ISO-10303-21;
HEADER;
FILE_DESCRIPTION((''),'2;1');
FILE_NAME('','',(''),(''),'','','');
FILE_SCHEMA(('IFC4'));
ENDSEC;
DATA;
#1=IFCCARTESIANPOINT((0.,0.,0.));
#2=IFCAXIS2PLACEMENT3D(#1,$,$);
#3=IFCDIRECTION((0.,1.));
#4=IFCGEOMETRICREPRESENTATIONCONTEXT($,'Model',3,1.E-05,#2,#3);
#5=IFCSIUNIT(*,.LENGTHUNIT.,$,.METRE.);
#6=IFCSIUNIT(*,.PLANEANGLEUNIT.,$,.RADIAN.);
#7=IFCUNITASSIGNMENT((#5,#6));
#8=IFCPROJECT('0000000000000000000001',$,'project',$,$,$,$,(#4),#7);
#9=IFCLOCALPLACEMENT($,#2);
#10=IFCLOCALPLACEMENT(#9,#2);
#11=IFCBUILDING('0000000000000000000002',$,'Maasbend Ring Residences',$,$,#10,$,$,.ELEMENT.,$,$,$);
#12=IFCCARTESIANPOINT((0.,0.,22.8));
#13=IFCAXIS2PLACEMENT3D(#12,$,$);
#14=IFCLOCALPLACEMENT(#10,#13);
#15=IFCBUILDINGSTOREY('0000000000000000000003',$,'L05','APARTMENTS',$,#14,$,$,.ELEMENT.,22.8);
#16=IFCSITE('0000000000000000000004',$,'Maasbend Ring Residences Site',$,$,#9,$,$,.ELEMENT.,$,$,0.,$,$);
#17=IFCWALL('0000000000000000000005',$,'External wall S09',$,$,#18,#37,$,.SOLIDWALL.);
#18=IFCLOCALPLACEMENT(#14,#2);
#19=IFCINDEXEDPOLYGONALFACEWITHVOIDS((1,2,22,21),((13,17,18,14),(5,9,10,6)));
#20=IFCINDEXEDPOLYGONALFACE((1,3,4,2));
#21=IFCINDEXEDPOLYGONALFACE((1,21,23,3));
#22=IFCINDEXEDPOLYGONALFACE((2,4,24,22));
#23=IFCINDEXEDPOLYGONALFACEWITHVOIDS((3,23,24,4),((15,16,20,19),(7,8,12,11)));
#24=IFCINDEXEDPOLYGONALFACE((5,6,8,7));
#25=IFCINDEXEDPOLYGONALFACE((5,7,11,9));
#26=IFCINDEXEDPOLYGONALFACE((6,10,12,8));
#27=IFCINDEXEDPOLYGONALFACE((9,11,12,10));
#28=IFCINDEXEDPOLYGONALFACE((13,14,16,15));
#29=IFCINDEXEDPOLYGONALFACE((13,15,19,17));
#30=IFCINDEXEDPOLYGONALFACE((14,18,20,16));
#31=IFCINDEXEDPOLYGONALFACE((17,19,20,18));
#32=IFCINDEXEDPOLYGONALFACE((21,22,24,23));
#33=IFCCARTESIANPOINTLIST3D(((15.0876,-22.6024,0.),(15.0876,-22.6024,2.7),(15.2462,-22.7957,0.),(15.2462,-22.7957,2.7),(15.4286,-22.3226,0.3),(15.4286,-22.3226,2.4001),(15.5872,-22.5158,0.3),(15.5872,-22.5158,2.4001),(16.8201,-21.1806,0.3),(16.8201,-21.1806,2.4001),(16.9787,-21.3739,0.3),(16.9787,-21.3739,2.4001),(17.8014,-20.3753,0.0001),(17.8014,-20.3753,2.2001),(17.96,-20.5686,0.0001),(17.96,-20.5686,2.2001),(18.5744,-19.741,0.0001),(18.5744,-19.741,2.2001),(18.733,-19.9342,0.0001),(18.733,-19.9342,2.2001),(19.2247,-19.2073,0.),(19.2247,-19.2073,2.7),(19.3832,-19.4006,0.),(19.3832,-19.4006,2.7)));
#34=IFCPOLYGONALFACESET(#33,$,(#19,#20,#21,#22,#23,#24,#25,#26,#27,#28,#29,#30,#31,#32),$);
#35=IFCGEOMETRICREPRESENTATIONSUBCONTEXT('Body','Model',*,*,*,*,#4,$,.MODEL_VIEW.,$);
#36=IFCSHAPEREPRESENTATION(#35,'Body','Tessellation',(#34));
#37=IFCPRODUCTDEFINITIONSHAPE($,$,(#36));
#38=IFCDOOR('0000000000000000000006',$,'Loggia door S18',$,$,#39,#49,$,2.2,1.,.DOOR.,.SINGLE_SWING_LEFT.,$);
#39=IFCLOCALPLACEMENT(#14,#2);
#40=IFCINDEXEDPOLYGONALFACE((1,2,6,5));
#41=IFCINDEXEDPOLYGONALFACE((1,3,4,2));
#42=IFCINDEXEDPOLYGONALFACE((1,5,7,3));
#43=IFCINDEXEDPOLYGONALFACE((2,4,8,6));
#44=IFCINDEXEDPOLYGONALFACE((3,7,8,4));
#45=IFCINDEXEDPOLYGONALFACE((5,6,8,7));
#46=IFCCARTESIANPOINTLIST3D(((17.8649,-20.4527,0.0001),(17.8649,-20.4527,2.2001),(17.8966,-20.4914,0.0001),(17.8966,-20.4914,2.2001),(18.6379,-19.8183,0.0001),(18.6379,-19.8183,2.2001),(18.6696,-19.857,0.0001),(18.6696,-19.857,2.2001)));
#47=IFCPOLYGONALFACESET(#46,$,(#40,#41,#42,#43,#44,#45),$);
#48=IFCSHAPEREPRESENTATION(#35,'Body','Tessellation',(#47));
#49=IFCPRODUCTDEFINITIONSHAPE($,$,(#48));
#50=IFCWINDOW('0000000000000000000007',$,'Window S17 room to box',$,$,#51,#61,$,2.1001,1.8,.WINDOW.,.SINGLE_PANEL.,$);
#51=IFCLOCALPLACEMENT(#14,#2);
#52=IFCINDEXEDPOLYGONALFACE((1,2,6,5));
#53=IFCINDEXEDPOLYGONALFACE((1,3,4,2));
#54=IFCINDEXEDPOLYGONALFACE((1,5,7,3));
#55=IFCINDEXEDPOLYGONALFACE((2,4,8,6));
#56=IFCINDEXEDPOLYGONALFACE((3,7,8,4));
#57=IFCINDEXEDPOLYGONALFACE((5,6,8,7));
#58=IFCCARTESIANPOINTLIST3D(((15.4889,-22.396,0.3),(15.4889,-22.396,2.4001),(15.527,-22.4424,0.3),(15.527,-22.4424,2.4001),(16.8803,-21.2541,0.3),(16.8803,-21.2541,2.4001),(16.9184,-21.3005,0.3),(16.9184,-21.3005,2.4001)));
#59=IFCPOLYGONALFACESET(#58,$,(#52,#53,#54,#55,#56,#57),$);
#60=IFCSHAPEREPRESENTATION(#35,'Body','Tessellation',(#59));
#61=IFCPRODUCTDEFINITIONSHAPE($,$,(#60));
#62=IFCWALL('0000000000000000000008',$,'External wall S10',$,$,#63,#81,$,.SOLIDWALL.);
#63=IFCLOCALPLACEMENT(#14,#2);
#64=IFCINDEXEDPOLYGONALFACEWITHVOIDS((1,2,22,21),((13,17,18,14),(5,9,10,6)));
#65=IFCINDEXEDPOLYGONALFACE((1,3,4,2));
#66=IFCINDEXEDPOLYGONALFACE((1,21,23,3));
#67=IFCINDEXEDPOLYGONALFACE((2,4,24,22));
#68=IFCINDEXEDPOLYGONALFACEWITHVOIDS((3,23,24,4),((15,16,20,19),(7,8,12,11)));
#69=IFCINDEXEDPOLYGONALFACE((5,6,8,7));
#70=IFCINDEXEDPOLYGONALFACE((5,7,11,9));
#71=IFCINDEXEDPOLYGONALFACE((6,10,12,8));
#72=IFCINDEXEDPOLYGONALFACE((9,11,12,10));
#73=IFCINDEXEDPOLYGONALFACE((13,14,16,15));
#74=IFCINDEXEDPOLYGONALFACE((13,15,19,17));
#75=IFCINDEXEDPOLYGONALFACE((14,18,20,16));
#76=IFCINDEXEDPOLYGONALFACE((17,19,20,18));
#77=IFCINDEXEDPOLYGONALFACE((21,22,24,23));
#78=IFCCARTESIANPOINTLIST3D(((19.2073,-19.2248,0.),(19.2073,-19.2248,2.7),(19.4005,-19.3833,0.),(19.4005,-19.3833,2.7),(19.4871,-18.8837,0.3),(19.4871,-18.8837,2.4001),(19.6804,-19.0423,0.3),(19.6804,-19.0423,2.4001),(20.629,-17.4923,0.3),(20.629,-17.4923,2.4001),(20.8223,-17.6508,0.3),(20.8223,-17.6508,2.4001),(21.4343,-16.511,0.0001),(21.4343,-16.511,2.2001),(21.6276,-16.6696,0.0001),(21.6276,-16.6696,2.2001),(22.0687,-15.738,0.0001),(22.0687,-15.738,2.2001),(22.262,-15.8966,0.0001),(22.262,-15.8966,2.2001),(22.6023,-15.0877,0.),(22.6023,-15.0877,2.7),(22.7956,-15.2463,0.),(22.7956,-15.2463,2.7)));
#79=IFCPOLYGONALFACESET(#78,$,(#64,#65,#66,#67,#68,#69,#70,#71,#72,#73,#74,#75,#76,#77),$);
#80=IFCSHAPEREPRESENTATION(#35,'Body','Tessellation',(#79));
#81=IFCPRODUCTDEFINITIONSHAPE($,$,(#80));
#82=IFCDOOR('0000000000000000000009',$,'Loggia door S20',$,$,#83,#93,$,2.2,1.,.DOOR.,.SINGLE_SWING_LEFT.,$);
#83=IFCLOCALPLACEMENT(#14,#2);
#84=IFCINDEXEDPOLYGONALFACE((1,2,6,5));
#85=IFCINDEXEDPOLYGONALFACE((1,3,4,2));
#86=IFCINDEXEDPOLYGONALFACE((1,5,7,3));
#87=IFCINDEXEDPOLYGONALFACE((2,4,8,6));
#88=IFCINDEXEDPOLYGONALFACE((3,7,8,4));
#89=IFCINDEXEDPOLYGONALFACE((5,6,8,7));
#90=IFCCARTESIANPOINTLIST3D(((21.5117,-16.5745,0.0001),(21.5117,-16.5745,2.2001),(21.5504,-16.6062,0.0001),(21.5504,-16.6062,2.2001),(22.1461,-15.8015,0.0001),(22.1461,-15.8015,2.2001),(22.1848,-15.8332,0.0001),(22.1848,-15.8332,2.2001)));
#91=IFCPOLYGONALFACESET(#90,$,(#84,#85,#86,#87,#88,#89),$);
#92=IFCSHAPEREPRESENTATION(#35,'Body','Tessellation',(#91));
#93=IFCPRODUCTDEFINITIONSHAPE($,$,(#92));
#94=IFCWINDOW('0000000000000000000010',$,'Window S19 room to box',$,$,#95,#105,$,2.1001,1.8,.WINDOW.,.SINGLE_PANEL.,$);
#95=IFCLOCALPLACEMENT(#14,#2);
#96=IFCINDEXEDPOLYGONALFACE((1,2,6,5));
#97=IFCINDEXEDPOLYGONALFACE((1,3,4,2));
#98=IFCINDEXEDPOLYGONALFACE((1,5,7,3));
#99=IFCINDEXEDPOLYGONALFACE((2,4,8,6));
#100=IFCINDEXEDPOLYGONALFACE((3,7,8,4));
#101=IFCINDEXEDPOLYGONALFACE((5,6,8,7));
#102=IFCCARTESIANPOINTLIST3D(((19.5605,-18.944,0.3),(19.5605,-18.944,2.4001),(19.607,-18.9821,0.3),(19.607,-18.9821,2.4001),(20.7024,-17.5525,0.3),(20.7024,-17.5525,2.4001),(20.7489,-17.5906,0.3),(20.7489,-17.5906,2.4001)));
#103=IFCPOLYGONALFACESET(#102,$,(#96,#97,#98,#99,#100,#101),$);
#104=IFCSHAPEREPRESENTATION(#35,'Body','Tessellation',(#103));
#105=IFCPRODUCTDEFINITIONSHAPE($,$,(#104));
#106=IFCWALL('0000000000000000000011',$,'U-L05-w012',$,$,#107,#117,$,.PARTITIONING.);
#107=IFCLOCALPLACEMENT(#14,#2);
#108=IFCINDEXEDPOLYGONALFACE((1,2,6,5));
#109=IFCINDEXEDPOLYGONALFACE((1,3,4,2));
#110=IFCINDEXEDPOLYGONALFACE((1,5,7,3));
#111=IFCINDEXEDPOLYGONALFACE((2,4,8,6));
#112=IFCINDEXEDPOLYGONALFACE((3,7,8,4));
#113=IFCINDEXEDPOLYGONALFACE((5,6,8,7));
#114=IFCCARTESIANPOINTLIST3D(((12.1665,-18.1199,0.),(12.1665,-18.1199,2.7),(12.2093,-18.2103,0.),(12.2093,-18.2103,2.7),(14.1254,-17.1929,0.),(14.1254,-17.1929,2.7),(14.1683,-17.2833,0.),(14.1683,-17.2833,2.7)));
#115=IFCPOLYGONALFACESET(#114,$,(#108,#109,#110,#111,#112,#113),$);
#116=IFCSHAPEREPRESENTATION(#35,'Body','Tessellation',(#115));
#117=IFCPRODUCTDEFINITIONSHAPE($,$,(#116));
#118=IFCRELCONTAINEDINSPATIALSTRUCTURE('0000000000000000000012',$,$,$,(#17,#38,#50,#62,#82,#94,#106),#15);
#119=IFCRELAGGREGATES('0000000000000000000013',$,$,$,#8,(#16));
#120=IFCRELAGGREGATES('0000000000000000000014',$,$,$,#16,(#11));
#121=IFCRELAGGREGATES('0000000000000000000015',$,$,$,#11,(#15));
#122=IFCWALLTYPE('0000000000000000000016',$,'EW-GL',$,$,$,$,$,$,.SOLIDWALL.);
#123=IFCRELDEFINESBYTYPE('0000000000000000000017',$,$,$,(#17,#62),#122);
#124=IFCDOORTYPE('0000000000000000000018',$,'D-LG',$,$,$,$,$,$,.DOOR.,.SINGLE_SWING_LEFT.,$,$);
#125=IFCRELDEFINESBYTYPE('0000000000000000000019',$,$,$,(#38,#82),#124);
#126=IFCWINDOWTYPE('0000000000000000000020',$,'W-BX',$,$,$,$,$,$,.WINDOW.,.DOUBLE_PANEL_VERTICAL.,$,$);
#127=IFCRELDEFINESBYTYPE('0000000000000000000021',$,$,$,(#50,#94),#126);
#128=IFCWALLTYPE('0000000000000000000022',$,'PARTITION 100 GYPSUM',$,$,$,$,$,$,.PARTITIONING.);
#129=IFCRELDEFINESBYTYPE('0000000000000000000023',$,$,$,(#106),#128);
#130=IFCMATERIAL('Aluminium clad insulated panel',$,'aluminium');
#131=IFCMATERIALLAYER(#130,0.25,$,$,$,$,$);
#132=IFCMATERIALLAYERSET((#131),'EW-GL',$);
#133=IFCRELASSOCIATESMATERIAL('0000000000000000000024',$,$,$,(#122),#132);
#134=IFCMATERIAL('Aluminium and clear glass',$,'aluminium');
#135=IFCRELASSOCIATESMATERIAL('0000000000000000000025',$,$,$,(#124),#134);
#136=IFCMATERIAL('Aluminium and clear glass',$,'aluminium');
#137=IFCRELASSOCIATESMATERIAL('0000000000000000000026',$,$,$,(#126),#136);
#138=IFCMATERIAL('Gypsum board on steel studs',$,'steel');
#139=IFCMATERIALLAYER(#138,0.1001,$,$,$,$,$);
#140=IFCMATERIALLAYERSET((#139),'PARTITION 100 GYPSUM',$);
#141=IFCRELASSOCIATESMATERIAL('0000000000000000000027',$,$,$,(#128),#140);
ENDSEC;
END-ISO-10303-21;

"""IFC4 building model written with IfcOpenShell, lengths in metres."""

from ifc_helpers import new_model, si_unit, direction, frame, frame_2d, origin, place, context, subcontext, project, spatial, rectangle, extrude, material, layer, layer_set, type_object, element, fill, save


model = new_model("IFC4")

# Units and contexts
model_context = context("Model", 3, precision=1e-05, world=origin(), true_north=direction((0.0, 1.0)))
body_context = subcontext(model_context, "Body", "Model", "MODEL_VIEW")
ifc_project = project(units=[si_unit("LENGTHUNIT", "METRE"), si_unit("PLANEANGLEUNIT", "RADIAN")], contexts=[model_context])

# Site, building, storey
site_placement = place(None, origin())
site = spatial("IfcSite", under=ifc_project, at=site_placement, Name="Maasbend Ring Residences Site", CompositionType="ELEMENT", RefElevation=0.0)
building_placement = place(site_placement, origin())
building = spatial("IfcBuilding", under=site, at=building_placement, Name="Maasbend Ring Residences", CompositionType="ELEMENT")
storey_placement = place(building_placement, frame((0.0, 0.0, 22.8)))
storey = spatial("IfcBuildingStorey", under=building, at=storey_placement, Name="L05", Description="APARTMENTS", CompositionType="ELEMENT", Elevation=22.8)

# Walls, openings, doors, windows
ifc_material_1 = material(Name="Aluminium clad insulated panel", Category="aluminium")
ifc_layer_1 = layer(ifc_material_1, 0.25)
ifc_layer_set_1 = layer_set([ifc_layer_1], Name="EW-GL")
wall_type_1 = type_object("IfcWallType", Name="EW-GL", PredefinedType="SOLIDWALL", material=ifc_layer_set_1)
wall_1_placement = place(storey_placement, frame((15.167, -22.699, 0.0), z_axis=(0.0, 0.0, 1.0), x_axis=(0.773019, 0.634382, 0.0)))
wall_1 = element("IfcWall", 1, at=wall_1_placement, inside=storey, type_object=wall_type_1, Name="External wall S09", PredefinedType="SOLIDWALL", context=body_context, shape_type="SweptSolid", body=[
    extrude(rectangle(XDim=5.3518, YDim=0.25, at=frame_2d((2.6758, 0.0))), origin(), (0.0, 0.0, 1.0), 2.7),
])
opening_1_placement = place(wall_1_placement, frame((0.4412, 0.0, 0.3)))
opening_1 = element("IfcOpeningElement", 2, at=opening_1_placement, cuts=wall_1, PredefinedType="OPENING", context=body_context, shape_type="SweptSolid", body=[
    extrude(rectangle(XDim=1.8, YDim=2.1001, at=frame_2d((0.8999, 1.05))), frame((0.0, 0.135, 0.0), z_axis=(0.0, -1.0, 0.0), x_axis=(1.0, 0.0, 0.0)), (0.0, 0.0, 1.0), 0.27),
])
opening_2_placement = place(wall_1_placement, frame((3.5105, 0.0, 0.0)))
opening_2 = element("IfcOpeningElement", 3, at=opening_2_placement, cuts=wall_1, PredefinedType="OPENING", context=body_context, shape_type="SweptSolid", body=[
    extrude(rectangle(XDim=1.0, YDim=2.2, at=frame_2d((0.5, 1.1001))), frame((0.0, 0.135, 0.0), z_axis=(0.0, -1.0, 0.0), x_axis=(1.0, 0.0, 0.0)), (0.0, 0.0, 1.0), 0.27),
])
ifc_material_2 = material(Name="Aluminium and clear glass", Category="aluminium")
door_type = type_object("IfcDoorType", Name="D-LG", OperationType="SINGLE_SWING_LEFT", PredefinedType="DOOR", material=ifc_material_2)
door_1_placement = place(opening_2_placement, origin())
door_1 = element("IfcDoor", 4, at=door_1_placement, inside=storey, type_object=door_type, Name="Loggia door S18", OperationType="SINGLE_SWING_LEFT", OverallHeight=2.2, OverallWidth=1.0, PredefinedType="DOOR", context=body_context, shape_type="SweptSolid", body=[
    extrude(rectangle(XDim=1.0, YDim=2.2, at=frame_2d((0.5, 1.1001))), frame((0.0, 0.0249, 0.0), z_axis=(0.0, -1.0, 0.0), x_axis=(1.0, 0.0, 0.0)), (0.0, 0.0, 1.0), 0.05),
])
fill(opening_2, door_1)
ifc_material_3 = material(Name="Aluminium and clear glass", Category="aluminium")
window_type_1 = type_object("IfcWindowType", Name="W-BX", PartitioningType="DOUBLE_PANEL_VERTICAL", PredefinedType="WINDOW", material=ifc_material_3)
window_1_placement = place(opening_1_placement, origin())
window_1 = element("IfcWindow", 5, at=window_1_placement, inside=storey, type_object=window_type_1, Name="Window S17 room to box", OverallHeight=2.1001, OverallWidth=1.8, PartitioningType="SINGLE_PANEL", PredefinedType="WINDOW", context=body_context, shape_type="SweptSolid", body=[
    extrude(rectangle(XDim=1.8, YDim=2.1001, at=frame_2d((0.8999, 1.05))), frame((0.0, 0.03, 0.0), z_axis=(0.0, -1.0, 0.0), x_axis=(1.0, 0.0, 0.0)), (0.0, 0.0, 1.0), 0.0601),
])
fill(opening_1, window_1)
wall_2_placement = place(storey_placement, frame((19.304, -19.304, 0.0), z_axis=(0.0, 0.0, 1.0), x_axis=(0.634382, 0.773019, 0.0)))
wall_2 = element("IfcWall", 6, at=wall_2_placement, inside=storey, type_object=wall_type_1, Name="External wall S10", PredefinedType="SOLIDWALL", context=body_context, shape_type="SweptSolid", body=[
    extrude(rectangle(XDim=5.3518, YDim=0.25, at=frame_2d((2.6758, 0.0))), origin(), (0.0, 0.0, 1.0), 2.7),
])
opening_3_placement = place(wall_2_placement, frame((0.4412, 0.0, 0.3)))
opening_3 = element("IfcOpeningElement", 7, at=opening_3_placement, cuts=wall_2, PredefinedType="OPENING", context=body_context, shape_type="SweptSolid", body=[
    extrude(rectangle(XDim=1.8, YDim=2.1001, at=frame_2d((0.8999, 1.05))), frame((0.0, 0.135, 0.0), z_axis=(0.0, -1.0, 0.0), x_axis=(1.0, 0.0, 0.0)), (0.0, 0.0, 1.0), 0.27),
])
opening_4_placement = place(wall_2_placement, frame((3.5105, 0.0, 0.0)))
opening_4 = element("IfcOpeningElement", 8, at=opening_4_placement, cuts=wall_2, PredefinedType="OPENING", context=body_context, shape_type="SweptSolid", body=[
    extrude(rectangle(XDim=1.0, YDim=2.2, at=frame_2d((0.5, 1.1001))), frame((0.0, 0.135, 0.0), z_axis=(0.0, -1.0, 0.0), x_axis=(1.0, 0.0, 0.0)), (0.0, 0.0, 1.0), 0.27),
])
door_2_placement = place(opening_4_placement, origin())
door_2 = element("IfcDoor", 9, at=door_2_placement, inside=storey, type_object=door_type, Name="Loggia door S20", OperationType="SINGLE_SWING_LEFT", OverallHeight=2.2, OverallWidth=1.0, PredefinedType="DOOR", context=body_context, shape_type="SweptSolid", body=[
    extrude(rectangle(XDim=1.0, YDim=2.2, at=frame_2d((0.5, 1.1001))), frame((0.0, 0.0249, 0.0), z_axis=(0.0, -1.0, 0.0), x_axis=(1.0, 0.0, 0.0)), (0.0, 0.0, 1.0), 0.05),
])
fill(opening_4, door_2)
window_2_placement = place(opening_3_placement, origin())
window_2 = element("IfcWindow", 10, at=window_2_placement, inside=storey, type_object=window_type_1, Name="Window S19 room to box", OverallHeight=2.1001, OverallWidth=1.8, PartitioningType="SINGLE_PANEL", PredefinedType="WINDOW", context=body_context, shape_type="SweptSolid", body=[
    extrude(rectangle(XDim=1.8, YDim=2.1001, at=frame_2d((0.8999, 1.05))), frame((0.0, 0.03, 0.0), z_axis=(0.0, -1.0, 0.0), x_axis=(1.0, 0.0, 0.0)), (0.0, 0.0, 1.0), 0.0601),
])
fill(opening_3, window_2)

# Wall
ifc_material_4 = material(Name="Gypsum board on steel studs", Category="steel")
ifc_layer_2 = layer(ifc_material_4, 0.1001)
ifc_layer_set_2 = layer_set([ifc_layer_2], Name="PARTITION 100 GYPSUM")
wall_type_2 = type_object("IfcWallType", Name="PARTITION 100 GYPSUM", PredefinedType="PARTITIONING", material=ifc_layer_set_2)
wall_3_placement = place(storey_placement, frame((12.188, -18.165, 0.0), z_axis=(0.0, 0.0, 1.0), x_axis=(0.903905, 0.427733, 0.0)))
element("IfcWall", 11, at=wall_3_placement, inside=storey, type_object=wall_type_2, Name="U-L05-w012", PredefinedType="PARTITIONING", context=body_context, shape_type="SweptSolid", body=[
    extrude(rectangle(XDim=2.1672, YDim=0.1001, at=frame_2d((1.0835, 0.0))), origin(), (0.0, 0.0, 1.0), 2.7),
])

save(model, "model.ifc")
